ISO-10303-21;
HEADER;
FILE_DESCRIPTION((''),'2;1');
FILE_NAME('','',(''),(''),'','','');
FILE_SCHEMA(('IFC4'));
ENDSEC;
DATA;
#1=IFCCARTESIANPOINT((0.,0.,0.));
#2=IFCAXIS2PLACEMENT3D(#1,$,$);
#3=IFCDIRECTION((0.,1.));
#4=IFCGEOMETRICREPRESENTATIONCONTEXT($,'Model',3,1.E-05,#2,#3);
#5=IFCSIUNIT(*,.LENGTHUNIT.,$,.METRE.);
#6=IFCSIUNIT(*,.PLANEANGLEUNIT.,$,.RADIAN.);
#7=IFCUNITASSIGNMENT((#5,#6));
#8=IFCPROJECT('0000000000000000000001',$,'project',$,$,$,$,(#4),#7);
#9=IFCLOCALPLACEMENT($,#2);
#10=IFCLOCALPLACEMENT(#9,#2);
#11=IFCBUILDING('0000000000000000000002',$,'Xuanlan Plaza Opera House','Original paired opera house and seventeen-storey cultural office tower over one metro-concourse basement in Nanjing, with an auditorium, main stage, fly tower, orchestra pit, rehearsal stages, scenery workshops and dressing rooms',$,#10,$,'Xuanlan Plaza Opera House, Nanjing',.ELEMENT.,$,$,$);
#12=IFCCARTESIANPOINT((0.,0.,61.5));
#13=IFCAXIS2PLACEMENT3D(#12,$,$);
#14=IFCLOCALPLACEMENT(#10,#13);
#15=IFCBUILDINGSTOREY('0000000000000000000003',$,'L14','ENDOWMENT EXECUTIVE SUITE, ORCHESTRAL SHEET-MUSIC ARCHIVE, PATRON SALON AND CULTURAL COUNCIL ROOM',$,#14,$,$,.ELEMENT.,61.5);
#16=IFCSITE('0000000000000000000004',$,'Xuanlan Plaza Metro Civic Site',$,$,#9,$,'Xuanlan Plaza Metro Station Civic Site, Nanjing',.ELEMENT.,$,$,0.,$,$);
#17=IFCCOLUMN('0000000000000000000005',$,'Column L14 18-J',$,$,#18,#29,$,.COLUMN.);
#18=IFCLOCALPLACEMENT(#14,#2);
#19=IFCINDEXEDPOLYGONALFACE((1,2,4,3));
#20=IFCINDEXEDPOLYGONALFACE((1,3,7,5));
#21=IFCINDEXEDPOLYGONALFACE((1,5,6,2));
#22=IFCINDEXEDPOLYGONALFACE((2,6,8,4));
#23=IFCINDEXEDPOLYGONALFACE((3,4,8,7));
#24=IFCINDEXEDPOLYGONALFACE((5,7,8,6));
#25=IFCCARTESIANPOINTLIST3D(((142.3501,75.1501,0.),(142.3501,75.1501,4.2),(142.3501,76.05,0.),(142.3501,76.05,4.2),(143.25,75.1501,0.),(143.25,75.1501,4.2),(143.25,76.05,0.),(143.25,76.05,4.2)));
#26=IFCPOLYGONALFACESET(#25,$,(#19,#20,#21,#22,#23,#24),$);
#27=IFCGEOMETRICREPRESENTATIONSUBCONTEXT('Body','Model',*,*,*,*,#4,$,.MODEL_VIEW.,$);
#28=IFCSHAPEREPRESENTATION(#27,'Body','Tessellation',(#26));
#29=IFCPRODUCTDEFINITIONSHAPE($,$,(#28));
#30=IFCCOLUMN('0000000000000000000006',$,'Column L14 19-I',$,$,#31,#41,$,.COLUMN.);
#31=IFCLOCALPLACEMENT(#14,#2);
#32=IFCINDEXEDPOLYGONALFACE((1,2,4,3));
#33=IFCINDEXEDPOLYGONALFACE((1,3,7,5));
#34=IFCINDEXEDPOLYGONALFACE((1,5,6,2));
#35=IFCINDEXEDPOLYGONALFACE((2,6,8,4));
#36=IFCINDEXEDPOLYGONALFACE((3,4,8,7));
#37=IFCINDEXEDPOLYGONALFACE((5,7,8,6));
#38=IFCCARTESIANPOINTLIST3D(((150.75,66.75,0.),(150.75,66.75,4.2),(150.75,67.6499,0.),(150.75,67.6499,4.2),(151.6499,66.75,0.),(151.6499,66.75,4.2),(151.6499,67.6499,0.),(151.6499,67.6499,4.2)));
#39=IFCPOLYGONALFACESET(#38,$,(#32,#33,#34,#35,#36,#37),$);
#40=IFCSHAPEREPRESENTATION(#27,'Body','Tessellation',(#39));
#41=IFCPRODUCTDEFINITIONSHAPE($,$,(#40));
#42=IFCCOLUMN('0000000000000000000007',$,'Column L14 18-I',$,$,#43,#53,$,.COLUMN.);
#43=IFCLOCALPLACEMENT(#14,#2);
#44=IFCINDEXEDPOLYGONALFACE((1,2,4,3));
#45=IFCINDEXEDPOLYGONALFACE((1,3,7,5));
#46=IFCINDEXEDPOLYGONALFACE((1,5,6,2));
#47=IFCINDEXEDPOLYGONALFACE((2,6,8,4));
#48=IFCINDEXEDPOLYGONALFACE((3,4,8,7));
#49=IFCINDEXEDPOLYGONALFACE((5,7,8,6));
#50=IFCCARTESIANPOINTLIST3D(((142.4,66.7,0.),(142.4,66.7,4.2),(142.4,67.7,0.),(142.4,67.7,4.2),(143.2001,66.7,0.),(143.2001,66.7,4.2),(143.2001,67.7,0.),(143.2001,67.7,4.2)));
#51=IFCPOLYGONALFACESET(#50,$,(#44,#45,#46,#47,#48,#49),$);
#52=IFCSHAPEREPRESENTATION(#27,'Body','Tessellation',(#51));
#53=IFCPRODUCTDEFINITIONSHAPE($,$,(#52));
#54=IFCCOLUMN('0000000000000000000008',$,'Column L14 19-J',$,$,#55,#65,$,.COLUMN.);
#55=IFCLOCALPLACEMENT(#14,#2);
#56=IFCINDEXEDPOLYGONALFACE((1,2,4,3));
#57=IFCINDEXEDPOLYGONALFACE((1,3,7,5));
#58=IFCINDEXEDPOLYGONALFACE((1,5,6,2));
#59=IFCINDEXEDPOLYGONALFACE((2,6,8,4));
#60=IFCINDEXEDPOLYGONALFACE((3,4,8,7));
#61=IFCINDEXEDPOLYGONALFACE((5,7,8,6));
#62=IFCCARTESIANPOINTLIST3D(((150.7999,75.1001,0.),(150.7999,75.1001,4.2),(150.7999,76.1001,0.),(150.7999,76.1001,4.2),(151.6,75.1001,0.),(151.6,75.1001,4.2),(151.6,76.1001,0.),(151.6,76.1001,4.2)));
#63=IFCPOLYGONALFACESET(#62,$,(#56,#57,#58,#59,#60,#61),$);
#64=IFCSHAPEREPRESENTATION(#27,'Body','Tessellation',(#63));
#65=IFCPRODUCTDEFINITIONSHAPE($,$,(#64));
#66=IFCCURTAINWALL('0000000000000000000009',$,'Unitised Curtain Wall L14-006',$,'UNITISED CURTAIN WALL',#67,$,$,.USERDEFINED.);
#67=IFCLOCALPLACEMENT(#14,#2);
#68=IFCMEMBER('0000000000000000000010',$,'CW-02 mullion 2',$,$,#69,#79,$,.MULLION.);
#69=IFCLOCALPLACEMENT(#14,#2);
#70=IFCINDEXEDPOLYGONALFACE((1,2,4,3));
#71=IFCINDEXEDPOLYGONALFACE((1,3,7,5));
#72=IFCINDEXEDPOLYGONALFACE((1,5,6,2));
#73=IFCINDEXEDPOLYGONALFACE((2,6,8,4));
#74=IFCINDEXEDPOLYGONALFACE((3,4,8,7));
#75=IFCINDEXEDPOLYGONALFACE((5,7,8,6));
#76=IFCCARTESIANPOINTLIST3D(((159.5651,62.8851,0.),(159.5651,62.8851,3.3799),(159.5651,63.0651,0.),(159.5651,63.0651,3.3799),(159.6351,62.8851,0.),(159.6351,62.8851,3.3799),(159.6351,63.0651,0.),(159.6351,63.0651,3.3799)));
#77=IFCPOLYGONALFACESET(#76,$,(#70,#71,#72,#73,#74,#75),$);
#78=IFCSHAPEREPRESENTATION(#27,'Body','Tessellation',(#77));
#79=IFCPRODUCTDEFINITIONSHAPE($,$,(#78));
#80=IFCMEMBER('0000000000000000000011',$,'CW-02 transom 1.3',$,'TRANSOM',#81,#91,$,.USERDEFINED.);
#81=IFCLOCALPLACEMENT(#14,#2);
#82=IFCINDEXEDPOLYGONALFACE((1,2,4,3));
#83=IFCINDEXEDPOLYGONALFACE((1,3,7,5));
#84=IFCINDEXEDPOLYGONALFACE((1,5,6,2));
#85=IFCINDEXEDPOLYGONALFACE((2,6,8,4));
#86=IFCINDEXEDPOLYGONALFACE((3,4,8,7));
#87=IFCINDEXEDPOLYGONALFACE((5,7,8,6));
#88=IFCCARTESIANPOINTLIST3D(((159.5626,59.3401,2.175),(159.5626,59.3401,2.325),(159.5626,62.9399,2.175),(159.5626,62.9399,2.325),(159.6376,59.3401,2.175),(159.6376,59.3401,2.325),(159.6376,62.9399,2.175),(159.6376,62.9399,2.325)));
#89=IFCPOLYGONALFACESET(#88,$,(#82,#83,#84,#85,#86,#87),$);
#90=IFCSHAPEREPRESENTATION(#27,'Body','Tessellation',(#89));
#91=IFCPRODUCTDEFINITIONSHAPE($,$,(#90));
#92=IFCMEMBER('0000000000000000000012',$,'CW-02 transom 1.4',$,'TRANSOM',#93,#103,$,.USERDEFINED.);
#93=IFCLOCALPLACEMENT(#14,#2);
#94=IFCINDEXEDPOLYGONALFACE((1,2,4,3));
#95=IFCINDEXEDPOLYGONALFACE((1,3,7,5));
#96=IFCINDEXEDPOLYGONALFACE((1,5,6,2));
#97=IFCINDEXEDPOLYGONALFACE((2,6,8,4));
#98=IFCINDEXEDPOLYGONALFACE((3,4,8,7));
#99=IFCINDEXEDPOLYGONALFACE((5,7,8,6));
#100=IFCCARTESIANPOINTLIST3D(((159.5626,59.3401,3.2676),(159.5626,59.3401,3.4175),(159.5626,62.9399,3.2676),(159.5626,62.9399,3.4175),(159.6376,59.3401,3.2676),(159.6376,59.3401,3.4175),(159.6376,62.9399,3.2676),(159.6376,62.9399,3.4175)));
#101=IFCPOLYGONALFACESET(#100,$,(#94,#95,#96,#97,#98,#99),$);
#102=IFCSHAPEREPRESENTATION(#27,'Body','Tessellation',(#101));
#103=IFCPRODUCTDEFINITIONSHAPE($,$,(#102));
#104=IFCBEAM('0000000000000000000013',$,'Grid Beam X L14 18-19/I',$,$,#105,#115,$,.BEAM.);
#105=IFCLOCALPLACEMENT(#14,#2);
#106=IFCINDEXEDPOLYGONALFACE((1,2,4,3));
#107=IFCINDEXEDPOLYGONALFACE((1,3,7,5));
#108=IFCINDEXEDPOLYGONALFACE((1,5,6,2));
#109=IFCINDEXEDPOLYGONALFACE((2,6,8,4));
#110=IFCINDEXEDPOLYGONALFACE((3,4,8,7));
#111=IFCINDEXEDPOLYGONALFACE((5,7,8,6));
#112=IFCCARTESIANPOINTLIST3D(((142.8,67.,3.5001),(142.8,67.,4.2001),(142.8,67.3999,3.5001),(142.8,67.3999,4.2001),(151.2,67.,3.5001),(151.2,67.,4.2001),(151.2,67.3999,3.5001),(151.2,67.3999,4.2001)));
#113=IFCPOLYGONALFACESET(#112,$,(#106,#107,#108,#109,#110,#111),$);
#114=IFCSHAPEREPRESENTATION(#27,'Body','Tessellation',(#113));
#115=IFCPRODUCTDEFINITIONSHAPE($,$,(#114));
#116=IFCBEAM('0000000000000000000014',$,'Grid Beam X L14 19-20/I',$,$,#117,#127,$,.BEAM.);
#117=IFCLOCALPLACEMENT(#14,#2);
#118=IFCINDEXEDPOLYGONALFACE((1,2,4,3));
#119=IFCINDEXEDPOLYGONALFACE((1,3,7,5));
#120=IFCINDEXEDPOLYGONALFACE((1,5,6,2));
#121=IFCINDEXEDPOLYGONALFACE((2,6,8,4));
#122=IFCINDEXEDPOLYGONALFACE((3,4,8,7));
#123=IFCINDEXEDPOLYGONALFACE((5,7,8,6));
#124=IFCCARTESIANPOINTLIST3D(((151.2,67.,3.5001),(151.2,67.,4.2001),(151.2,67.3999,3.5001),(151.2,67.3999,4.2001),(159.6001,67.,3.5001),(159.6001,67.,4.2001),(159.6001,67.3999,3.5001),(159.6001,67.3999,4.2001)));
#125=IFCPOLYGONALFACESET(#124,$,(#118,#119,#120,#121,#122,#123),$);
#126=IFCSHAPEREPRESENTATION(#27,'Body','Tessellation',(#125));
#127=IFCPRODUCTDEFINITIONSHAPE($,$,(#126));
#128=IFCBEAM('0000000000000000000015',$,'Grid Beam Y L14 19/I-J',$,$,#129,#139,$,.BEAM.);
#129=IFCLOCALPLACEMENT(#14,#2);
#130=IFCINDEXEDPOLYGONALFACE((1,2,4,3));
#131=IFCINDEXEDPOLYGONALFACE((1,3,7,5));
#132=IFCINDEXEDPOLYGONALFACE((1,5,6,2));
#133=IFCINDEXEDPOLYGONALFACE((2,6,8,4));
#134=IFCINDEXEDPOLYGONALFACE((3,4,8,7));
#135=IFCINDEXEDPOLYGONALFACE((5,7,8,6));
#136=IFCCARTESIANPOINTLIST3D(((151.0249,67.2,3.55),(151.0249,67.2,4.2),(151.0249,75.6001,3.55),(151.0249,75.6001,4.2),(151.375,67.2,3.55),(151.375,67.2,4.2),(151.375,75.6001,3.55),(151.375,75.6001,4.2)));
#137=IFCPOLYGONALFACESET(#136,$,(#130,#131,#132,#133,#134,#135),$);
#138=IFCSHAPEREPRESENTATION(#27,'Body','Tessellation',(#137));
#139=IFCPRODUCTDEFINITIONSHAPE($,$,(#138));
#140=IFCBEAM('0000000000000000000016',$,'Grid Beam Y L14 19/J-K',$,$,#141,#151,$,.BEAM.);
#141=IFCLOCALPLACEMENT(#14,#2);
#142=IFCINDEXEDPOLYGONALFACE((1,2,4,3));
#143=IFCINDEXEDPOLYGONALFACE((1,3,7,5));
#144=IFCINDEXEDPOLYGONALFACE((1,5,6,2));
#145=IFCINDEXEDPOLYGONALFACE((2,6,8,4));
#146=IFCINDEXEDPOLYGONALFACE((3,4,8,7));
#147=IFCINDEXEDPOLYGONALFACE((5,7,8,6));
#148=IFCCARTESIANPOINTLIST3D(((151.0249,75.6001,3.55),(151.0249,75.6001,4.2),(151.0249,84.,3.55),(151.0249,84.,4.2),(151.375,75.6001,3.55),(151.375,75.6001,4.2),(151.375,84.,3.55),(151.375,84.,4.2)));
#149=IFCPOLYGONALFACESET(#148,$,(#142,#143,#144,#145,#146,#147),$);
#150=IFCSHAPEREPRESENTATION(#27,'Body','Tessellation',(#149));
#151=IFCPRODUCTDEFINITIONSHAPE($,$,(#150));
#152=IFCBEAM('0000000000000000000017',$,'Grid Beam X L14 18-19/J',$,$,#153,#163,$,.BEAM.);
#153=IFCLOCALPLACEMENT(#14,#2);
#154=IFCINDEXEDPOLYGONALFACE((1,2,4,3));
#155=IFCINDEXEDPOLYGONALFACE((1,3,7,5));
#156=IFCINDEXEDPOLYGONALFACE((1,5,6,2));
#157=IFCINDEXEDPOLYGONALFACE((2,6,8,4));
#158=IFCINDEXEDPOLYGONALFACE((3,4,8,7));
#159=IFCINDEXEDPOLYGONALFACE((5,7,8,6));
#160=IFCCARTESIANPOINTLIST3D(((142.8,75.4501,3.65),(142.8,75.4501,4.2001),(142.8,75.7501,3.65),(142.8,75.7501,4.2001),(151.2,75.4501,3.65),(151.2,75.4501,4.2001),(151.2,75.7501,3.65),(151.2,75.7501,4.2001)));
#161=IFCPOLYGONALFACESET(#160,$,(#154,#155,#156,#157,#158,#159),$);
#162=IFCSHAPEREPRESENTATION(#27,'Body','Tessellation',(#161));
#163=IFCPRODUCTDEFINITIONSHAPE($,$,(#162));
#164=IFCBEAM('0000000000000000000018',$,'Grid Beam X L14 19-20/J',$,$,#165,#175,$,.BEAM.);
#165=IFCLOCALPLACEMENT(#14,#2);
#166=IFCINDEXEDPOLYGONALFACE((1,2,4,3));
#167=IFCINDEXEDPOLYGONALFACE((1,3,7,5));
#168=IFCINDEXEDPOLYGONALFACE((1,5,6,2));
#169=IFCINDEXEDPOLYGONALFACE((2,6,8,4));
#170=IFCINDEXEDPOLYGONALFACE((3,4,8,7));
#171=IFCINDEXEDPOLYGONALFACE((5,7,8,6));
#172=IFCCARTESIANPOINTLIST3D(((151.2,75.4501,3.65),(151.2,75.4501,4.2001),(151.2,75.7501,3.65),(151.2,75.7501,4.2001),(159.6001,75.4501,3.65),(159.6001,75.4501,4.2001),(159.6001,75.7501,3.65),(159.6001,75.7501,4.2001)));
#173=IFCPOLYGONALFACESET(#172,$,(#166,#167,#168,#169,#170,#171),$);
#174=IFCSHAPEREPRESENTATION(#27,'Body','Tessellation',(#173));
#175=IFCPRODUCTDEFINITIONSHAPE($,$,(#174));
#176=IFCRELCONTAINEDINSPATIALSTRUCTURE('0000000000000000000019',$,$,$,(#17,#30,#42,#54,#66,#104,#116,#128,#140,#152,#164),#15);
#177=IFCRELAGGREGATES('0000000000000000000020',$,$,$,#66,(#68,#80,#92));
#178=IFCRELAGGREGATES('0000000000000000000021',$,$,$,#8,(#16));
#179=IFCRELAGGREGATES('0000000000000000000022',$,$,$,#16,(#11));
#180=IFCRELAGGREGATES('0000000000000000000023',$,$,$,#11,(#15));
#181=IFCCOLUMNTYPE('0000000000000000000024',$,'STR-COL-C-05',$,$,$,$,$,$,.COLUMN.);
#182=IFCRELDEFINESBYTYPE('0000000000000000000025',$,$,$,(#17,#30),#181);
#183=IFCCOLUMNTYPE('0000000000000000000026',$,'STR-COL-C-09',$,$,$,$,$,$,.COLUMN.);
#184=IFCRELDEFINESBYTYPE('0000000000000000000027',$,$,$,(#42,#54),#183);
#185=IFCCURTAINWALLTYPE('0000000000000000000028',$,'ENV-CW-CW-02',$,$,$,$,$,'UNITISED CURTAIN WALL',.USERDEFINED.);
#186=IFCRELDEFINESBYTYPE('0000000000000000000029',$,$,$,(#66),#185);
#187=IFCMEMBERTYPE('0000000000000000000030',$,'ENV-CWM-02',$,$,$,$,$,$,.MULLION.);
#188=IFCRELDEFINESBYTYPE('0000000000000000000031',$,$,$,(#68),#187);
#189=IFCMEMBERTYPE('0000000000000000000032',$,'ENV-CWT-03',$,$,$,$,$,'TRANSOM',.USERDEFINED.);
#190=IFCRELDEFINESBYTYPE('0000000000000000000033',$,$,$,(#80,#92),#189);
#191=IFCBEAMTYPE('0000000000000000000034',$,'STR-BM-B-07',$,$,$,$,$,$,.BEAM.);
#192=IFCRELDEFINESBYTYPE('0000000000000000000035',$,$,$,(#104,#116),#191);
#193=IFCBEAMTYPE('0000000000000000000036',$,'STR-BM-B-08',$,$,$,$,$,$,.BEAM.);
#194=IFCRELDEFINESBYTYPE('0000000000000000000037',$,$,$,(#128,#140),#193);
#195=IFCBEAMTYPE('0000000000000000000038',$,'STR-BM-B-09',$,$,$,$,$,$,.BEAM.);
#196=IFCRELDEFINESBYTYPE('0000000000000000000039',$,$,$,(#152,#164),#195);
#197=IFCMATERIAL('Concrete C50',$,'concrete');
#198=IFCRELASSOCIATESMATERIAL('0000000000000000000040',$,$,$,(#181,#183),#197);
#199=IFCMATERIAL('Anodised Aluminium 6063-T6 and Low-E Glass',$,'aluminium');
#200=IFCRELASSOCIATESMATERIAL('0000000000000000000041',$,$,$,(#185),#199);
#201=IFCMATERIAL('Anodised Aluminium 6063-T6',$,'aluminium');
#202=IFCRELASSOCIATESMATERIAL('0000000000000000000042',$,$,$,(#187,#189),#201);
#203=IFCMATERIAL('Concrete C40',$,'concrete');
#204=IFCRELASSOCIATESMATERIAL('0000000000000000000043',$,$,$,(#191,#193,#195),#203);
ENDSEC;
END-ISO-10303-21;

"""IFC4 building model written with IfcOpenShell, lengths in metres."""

from ifc_helpers import new_model, si_unit, direction, frame, origin, origin_2d, place, context, subcontext, project, spatial, rectangle, extrude, material, material_profile, profile_set, type_object, element, aggregate, save


model = new_model("IFC4")

# Units and contexts
model_context = context("Model", 3, precision=1e-05, world=origin(), true_north=direction((0.0, 1.0)))
body_context = subcontext(model_context, "Body", "Model", "MODEL_VIEW")
ifc_project = project(units=[si_unit("LENGTHUNIT", "METRE"), si_unit("PLANEANGLEUNIT", "RADIAN")], contexts=[model_context])

# Site, building, storey
site_placement = place(None, origin())
site = spatial("IfcSite", under=ifc_project, at=site_placement, Name="Xuanlan Plaza Metro Civic Site", LongName="Xuanlan Plaza Metro Station Civic Site, Nanjing", CompositionType="ELEMENT", RefElevation=0.0)
building_placement = place(site_placement, origin())
building = spatial("IfcBuilding", under=site, at=building_placement, Name="Xuanlan Plaza Opera House", Description="Original paired opera house and seventeen-storey cultural office tower over one metro-concourse basement in Nanjing, with an auditorium, main stage, fly tower, orchestra pit, rehearsal stages, scenery workshops and dressing rooms", LongName="Xuanlan Plaza Opera House, Nanjing", CompositionType="ELEMENT")
storey_placement = place(building_placement, frame((0.0, 0.0, 61.5)))
storey = spatial("IfcBuildingStorey", under=building, at=storey_placement, Name="L14", Description="ENDOWMENT EXECUTIVE SUITE, ORCHESTRAL SHEET-MUSIC ARCHIVE, PATRON SALON AND CULTURAL COUNCIL ROOM", CompositionType="ELEMENT", Elevation=61.5)

# Columns
ifc_material_1 = material(Name="Concrete C50", Category="concrete")
ifc_material_profile_1 = material_profile(ifc_material_1, rectangle(XDim=0.8999, YDim=0.8999, at=origin_2d()), Name="RC-COL 900x900")
ifc_profile_set_1 = profile_set([ifc_material_profile_1], Name="Concrete C50")
column_type_1 = type_object("IfcColumnType", Name="STR-COL-C-05", PredefinedType="COLUMN", material=ifc_profile_set_1)
for number, where, z_axis, x_axis, name in (
    (1, (142.8, 75.6001, 0.0), (0.0, 0.0, 1.0), (1.0, 0.0, 0.0), "Column L14 18-J"),
    (2, (151.2, 67.2, 0.0), (0.0, 0.0, 1.0), (1.0, 0.0, 0.0), "Column L14 19-I"),
):
    element("IfcColumn", number, at=place(storey_placement, frame(where, z_axis=z_axis, x_axis=x_axis)), inside=storey, type_object=column_type_1, Name=name, PredefinedType="COLUMN", context=body_context, shape_type="SweptSolid", body=[
        extrude(rectangle(XDim=0.8999, YDim=0.8999, at=origin_2d()), origin(), (0.0, 0.0, 1.0), 4.2),
    ])
ifc_material_profile_2 = material_profile(ifc_material_1, rectangle(XDim=0.8, YDim=1.0, at=origin_2d()), Name="RC-COL 800x1000")
ifc_profile_set_2 = profile_set([ifc_material_profile_2], Name="Concrete C50")
column_type_2 = type_object("IfcColumnType", Name="STR-COL-C-09", PredefinedType="COLUMN", material=ifc_profile_set_2)
for number, where, z_axis, x_axis, name in (
    (3, (142.8, 67.2, 0.0), (0.0, 0.0, 1.0), (1.0, 0.0, 0.0), "Column L14 18-I"),
    (4, (151.2, 75.6001, 0.0), (0.0, 0.0, 1.0), (1.0, 0.0, 0.0), "Column L14 19-J"),
):
    element("IfcColumn", number, at=place(storey_placement, frame(where, z_axis=z_axis, x_axis=x_axis)), inside=storey, type_object=column_type_2, Name=name, PredefinedType="COLUMN", context=body_context, shape_type="SweptSolid", body=[
        extrude(rectangle(XDim=0.8, YDim=1.0, at=origin_2d()), origin(), (0.0, 0.0, 1.0), 4.2),
    ])

# Curtain wall, members
ifc_material_2 = material(Name="Anodised Aluminium 6063-T6 and Low-E Glass", Category="aluminium")
curtain_wall_type = type_object("IfcCurtainWallType", Name="ENV-CW-CW-02", ElementType="UNITISED CURTAIN WALL", PredefinedType="USERDEFINED", material=ifc_material_2)
curtain_wall_placement = place(storey_placement, origin())
curtain_wall = element("IfcCurtainWall", 5, at=curtain_wall_placement, inside=storey, type_object=curtain_wall_type, Name="Unitised Curtain Wall L14-006", ObjectType="UNITISED CURTAIN WALL", PredefinedType="USERDEFINED")
ifc_material_3 = material(Name="Anodised Aluminium 6063-T6", Category="aluminium")
ifc_material_profile_3 = material_profile(ifc_material_3, rectangle(XDim=0.0701, YDim=0.1799, at=origin_2d()), Name="ALU-M 70x180")
ifc_profile_set_3 = profile_set([ifc_material_profile_3], Name="Anodised Aluminium 6063-T6")
member_type_1 = type_object("IfcMemberType", Name="ENV-CWM-02", PredefinedType="MULLION", material=ifc_profile_set_3)
member_1_placement = place(storey_placement, frame((159.6001, 62.9751, 0.0), z_axis=(0.0, 0.0, 1.0), x_axis=(-1.0, 0.0, 0.0)))
member_1 = element("IfcMember", 6, at=member_1_placement, type_object=member_type_1, Name="CW-02 mullion 2", PredefinedType="MULLION", context=body_context, shape_type="SweptSolid", body=[
    extrude(rectangle(XDim=0.0701, YDim=0.1799, at=origin_2d()), origin(), (0.0, 0.0, 1.0), 3.3799),
])
ifc_material_profile_4 = material_profile(ifc_material_3, rectangle(XDim=0.075, YDim=0.1499, at=origin_2d()), Name="ALU-T 75x150")
ifc_profile_set_4 = profile_set([ifc_material_profile_4], Name="Anodised Aluminium 6063-T6")
member_type_2 = type_object("IfcMemberType", Name="ENV-CWT-03", ElementType="TRANSOM", PredefinedType="USERDEFINED", material=ifc_profile_set_4)
member_2_placement = place(storey_placement, frame((159.6001, 59.3401, 2.25), z_axis=(0.0, 1.0, 0.0), x_axis=(-1.0, 0.0, 0.0)))
member_2 = element("IfcMember", 7, at=member_2_placement, type_object=member_type_2, Name="CW-02 transom 1.3", ObjectType="TRANSOM", PredefinedType="USERDEFINED", context=body_context, shape_type="SweptSolid", body=[
    extrude(rectangle(XDim=0.075, YDim=0.1499, at=origin_2d()), origin(), (0.0, 0.0, 1.0), 3.5999),
])
member_3_placement = place(storey_placement, frame((159.6001, 59.3401, 3.3425), z_axis=(0.0, 1.0, 0.0), x_axis=(-1.0, 0.0, 0.0)))
member_3 = element("IfcMember", 8, at=member_3_placement, type_object=member_type_2, Name="CW-02 transom 1.4", ObjectType="TRANSOM", PredefinedType="USERDEFINED", context=body_context, shape_type="SweptSolid", body=[
    extrude(rectangle(XDim=0.075, YDim=0.1499, at=origin_2d()), origin(), (0.0, 0.0, 1.0), 3.5999),
])

# Beams
ifc_material_4 = material(Name="Concrete C40", Category="concrete")
ifc_material_profile_5 = material_profile(ifc_material_4, rectangle(XDim=0.3999, YDim=0.7, at=origin_2d()), Name="RC-BM 400x700")
ifc_profile_set_5 = profile_set([ifc_material_profile_5], Name="Concrete C40")
beam_type_1 = type_object("IfcBeamType", Name="STR-BM-B-07", PredefinedType="BEAM", material=ifc_profile_set_5)
beam_1_placement = place(storey_placement, frame((142.8, 67.2, 3.8501), z_axis=(1.0, 0.0, 0.0), x_axis=(0.0, 1.0, 0.0)))
element("IfcBeam", 9, at=beam_1_placement, inside=storey, type_object=beam_type_1, Name="Grid Beam X L14 18-19/I", PredefinedType="BEAM", context=body_context, shape_type="SweptSolid", body=[
    extrude(rectangle(XDim=0.3999, YDim=0.7, at=origin_2d()), origin(), (0.0, 0.0, 1.0), 8.3999),
])
beam_2_placement = place(storey_placement, frame((151.2, 67.2, 3.8501), z_axis=(1.0, 0.0, 0.0), x_axis=(0.0, 1.0, 0.0)))
element("IfcBeam", 10, at=beam_2_placement, inside=storey, type_object=beam_type_1, Name="Grid Beam X L14 19-20/I", PredefinedType="BEAM", context=body_context, shape_type="SweptSolid", body=[
    extrude(rectangle(XDim=0.3999, YDim=0.7, at=origin_2d()), origin(), (0.0, 0.0, 1.0), 8.4001),
])
ifc_material_profile_6 = material_profile(ifc_material_4, rectangle(XDim=0.3501, YDim=0.6499, at=origin_2d()), Name="RC-BM 350x650")
ifc_profile_set_6 = profile_set([ifc_material_profile_6], Name="Concrete C40")
beam_type_2 = type_object("IfcBeamType", Name="STR-BM-B-08", PredefinedType="BEAM", material=ifc_profile_set_6)
beam_3_placement = place(storey_placement, frame((151.2, 67.2, 3.875), z_axis=(0.0, 1.0, 0.0), x_axis=(-1.0, 0.0, 0.0)))
element("IfcBeam", 11, at=beam_3_placement, inside=storey, type_object=beam_type_2, Name="Grid Beam Y L14 19/I-J", PredefinedType="BEAM", context=body_context, shape_type="SweptSolid", body=[
    extrude(rectangle(XDim=0.3501, YDim=0.6499, at=origin_2d()), origin(), (0.0, 0.0, 1.0), 8.4001),
])
beam_4_placement = place(storey_placement, frame((151.2, 75.6001, 3.875), z_axis=(0.0, 1.0, 0.0), x_axis=(-1.0, 0.0, 0.0)))
element("IfcBeam", 12, at=beam_4_placement, inside=storey, type_object=beam_type_2, Name="Grid Beam Y L14 19/J-K", PredefinedType="BEAM", context=body_context, shape_type="SweptSolid", body=[
    extrude(rectangle(XDim=0.3501, YDim=0.6499, at=origin_2d()), origin(), (0.0, 0.0, 1.0), 8.3999),
])
ifc_material_profile_7 = material_profile(ifc_material_4, rectangle(XDim=0.3, YDim=0.55, at=origin_2d()), Name="RC-BM 300x550")
ifc_profile_set_7 = profile_set([ifc_material_profile_7], Name="Concrete C40")
beam_type_3 = type_object("IfcBeamType", Name="STR-BM-B-09", PredefinedType="BEAM", material=ifc_profile_set_7)
beam_5_placement = place(storey_placement, frame((142.8, 75.6001, 3.925), z_axis=(1.0, 0.0, 0.0), x_axis=(0.0, 1.0, 0.0)))
element("IfcBeam", 13, at=beam_5_placement, inside=storey, type_object=beam_type_3, Name="Grid Beam X L14 18-19/J", PredefinedType="BEAM", context=body_context, shape_type="SweptSolid", body=[
    extrude(rectangle(XDim=0.3, YDim=0.55, at=origin_2d()), origin(), (0.0, 0.0, 1.0), 8.3999),
])
beam_6_placement = place(storey_placement, frame((151.2, 75.6001, 3.925), z_axis=(1.0, 0.0, 0.0), x_axis=(0.0, 1.0, 0.0)))
element("IfcBeam", 14, at=beam_6_placement, inside=storey, type_object=beam_type_3, Name="Grid Beam X L14 19-20/J", PredefinedType="BEAM", context=body_context, shape_type="SweptSolid", body=[
    extrude(rectangle(XDim=0.3, YDim=0.55, at=origin_2d()), origin(), (0.0, 0.0, 1.0), 8.4001),
])

aggregate(curtain_wall, [member_1, member_2, member_3])

save(model, "model.ifc")
